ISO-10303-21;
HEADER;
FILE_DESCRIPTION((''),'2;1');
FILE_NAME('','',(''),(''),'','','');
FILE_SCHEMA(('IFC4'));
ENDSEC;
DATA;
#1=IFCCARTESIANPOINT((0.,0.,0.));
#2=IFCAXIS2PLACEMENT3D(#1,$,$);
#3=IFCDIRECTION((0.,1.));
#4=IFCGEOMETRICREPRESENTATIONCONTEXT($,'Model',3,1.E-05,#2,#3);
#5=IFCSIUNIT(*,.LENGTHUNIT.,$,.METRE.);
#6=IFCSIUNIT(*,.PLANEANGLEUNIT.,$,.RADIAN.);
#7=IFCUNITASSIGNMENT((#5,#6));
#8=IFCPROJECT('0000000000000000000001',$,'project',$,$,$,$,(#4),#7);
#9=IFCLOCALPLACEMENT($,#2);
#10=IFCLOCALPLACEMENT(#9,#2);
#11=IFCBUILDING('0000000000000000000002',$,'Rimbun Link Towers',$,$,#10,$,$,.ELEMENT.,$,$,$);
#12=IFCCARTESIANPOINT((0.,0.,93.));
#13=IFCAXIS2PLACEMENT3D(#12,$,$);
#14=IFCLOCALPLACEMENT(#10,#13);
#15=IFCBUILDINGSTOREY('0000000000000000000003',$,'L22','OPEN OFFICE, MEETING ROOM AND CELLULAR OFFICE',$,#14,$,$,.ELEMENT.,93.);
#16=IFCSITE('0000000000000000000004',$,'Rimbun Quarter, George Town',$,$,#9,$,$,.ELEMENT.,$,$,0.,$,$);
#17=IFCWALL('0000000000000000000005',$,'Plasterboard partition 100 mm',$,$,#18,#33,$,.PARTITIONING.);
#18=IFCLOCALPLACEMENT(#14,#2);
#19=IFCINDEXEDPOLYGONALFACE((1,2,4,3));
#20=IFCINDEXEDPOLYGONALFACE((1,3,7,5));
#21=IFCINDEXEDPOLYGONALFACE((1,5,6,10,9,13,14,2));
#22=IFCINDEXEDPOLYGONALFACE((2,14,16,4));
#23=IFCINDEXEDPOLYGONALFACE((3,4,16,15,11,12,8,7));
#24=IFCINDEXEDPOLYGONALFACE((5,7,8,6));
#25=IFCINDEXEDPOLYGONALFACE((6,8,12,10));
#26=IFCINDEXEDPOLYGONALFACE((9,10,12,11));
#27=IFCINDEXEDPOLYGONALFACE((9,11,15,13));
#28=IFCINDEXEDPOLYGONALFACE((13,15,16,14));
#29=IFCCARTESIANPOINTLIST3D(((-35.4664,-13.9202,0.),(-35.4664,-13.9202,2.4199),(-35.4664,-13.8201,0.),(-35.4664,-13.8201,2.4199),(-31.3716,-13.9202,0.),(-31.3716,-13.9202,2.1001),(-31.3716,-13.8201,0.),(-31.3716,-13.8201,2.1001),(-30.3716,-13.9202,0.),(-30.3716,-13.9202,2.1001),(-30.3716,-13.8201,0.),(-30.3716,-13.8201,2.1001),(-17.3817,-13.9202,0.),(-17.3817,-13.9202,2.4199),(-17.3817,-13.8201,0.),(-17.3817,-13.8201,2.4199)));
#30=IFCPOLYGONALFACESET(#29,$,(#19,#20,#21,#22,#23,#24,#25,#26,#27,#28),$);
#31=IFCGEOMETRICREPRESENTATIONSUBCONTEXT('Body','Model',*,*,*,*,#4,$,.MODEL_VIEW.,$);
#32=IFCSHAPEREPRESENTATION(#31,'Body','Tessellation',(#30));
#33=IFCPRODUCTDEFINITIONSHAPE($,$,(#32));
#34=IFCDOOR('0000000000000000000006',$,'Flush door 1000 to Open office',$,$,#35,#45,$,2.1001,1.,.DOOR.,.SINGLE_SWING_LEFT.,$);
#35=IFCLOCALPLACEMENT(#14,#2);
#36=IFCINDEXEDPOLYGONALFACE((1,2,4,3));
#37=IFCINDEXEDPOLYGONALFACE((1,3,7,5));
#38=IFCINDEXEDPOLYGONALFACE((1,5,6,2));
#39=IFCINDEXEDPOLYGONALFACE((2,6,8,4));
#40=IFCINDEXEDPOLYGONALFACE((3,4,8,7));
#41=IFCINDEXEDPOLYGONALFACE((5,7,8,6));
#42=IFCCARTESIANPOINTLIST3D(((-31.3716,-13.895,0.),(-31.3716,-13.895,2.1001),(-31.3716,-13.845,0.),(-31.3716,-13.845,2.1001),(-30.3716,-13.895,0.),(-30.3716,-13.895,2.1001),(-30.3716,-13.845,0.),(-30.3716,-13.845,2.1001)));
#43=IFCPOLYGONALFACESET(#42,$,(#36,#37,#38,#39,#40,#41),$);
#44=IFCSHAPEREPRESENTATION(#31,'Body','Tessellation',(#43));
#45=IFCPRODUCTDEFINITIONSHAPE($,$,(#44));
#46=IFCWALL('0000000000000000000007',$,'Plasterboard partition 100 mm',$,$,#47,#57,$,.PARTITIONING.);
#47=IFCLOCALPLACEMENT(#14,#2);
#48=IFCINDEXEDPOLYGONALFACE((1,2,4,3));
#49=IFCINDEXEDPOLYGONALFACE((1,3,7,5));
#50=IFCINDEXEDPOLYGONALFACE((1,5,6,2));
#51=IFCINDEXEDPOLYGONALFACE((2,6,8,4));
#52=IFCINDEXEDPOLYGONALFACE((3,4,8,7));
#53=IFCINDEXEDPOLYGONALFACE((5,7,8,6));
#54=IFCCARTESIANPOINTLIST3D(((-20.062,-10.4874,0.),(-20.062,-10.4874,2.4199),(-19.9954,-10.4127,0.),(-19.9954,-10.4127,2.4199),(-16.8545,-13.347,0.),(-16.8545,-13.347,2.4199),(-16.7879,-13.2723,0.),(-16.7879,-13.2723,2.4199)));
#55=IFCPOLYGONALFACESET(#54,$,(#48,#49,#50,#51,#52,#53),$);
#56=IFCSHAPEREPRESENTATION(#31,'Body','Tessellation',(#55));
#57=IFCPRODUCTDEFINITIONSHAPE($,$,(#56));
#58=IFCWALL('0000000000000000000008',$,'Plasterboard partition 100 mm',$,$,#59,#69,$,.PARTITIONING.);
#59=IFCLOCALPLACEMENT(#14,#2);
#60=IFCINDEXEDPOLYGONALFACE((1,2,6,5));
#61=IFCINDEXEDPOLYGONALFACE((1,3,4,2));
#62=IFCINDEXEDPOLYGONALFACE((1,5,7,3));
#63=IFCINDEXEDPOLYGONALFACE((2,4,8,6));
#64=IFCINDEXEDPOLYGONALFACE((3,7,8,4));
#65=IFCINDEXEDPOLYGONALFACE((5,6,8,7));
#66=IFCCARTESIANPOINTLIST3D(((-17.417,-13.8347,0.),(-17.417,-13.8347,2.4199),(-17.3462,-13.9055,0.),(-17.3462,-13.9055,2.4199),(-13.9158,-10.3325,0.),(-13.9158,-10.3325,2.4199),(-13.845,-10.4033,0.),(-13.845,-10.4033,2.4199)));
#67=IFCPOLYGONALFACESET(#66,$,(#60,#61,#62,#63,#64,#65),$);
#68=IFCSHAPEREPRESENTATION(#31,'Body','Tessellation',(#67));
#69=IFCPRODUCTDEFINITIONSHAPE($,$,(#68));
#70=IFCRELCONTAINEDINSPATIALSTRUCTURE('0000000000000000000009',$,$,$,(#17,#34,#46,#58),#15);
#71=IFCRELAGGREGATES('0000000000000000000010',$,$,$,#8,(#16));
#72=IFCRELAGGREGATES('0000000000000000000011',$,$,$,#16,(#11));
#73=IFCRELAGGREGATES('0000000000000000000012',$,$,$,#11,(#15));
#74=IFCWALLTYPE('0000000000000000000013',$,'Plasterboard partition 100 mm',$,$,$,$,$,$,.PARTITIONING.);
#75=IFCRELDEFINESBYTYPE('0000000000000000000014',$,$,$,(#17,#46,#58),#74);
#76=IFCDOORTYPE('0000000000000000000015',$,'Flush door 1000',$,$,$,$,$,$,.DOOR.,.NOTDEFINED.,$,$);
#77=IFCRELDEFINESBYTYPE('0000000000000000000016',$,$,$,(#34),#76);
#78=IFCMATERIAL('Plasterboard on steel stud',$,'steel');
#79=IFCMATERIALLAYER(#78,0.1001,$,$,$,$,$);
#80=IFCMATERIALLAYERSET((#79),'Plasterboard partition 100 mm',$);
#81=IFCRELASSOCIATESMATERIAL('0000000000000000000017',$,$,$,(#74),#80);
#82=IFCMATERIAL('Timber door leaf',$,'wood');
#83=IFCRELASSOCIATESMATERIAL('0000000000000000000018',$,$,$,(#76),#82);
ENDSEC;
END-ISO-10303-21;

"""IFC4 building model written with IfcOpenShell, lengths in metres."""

from ifc_helpers import new_model, si_unit, direction, frame, frame_2d, origin, place, context, subcontext, project, spatial, rectangle, extrude, material, layer, layer_set, type_object, element, fill, save


model = new_model("IFC4")

# Units and contexts
model_context = context("Model", 3, precision=1e-05, world=origin(), true_north=direction((0.0, 1.0)))
body_context = subcontext(model_context, "Body", "Model", "MODEL_VIEW")
ifc_project = project(units=[si_unit("LENGTHUNIT", "METRE"), si_unit("PLANEANGLEUNIT", "RADIAN")], contexts=[model_context])

# Site, building, storey
site_placement = place(None, origin())
site = spatial("IfcSite", under=ifc_project, at=site_placement, Name="Rimbun Quarter, George Town", CompositionType="ELEMENT", RefElevation=0.0)
building_placement = place(site_placement, origin())
building = spatial("IfcBuilding", under=site, at=building_placement, Name="Rimbun Link Towers", CompositionType="ELEMENT")
storey_placement = place(building_placement, frame((0.0, 0.0, 93.0)))
storey = spatial("IfcBuildingStorey", under=building, at=storey_placement, Name="L22", Description="OPEN OFFICE, MEETING ROOM AND CELLULAR OFFICE", CompositionType="ELEMENT", Elevation=93.0)

# Wall, opening, door
ifc_material_1 = material(Name="Plasterboard on steel stud", Category="steel")
ifc_layer_1 = layer(ifc_material_1, 0.1001)
ifc_layer_set_1 = layer_set([ifc_layer_1], Name="Plasterboard partition 100 mm")
wall_type_1 = type_object("IfcWallType", Name="Plasterboard partition 100 mm", PredefinedType="PARTITIONING", material=ifc_layer_set_1)
wall_1_placement = place(storey_placement, frame((-17.3816, -13.8701, 0.0), z_axis=(0.0, 0.0, 1.0), x_axis=(-1.0, 0.0, 0.0)))
wall_1 = element("IfcWall", 1, at=wall_1_placement, inside=storey, type_object=wall_type_1, Name="Plasterboard partition 100 mm", PredefinedType="PARTITIONING", context=body_context, shape_type="SweptSolid", body=[
    extrude(rectangle(XDim=18.0847, YDim=0.1001, at=frame_2d((9.0425, 0.0))), origin(), (0.0, 0.0, 1.0), 2.4199),
])
opening_placement = place(wall_1_placement, frame((12.99, 0.0, 0.0)))
opening = element("IfcOpeningElement", 2, at=opening_placement, cuts=wall_1, PredefinedType="OPENING", context=body_context, shape_type="SweptSolid", body=[
    extrude(rectangle(XDim=1.0, YDim=2.1001, at=frame_2d((0.5, 1.05))), frame((0.0, 0.0601, 0.0), z_axis=(0.0, -1.0, 0.0), x_axis=(1.0, 0.0, 0.0)), (0.0, 0.0, 1.0), 0.1201),
])
ifc_material_2 = material(Name="Timber door leaf", Category="wood")
door_type = type_object("IfcDoorType", Name="Flush door 1000", OperationType="NOTDEFINED", PredefinedType="DOOR", material=ifc_material_2)
door_placement = place(opening_placement, origin())
door = element("IfcDoor", 3, at=door_placement, inside=storey, type_object=door_type, Name="Flush door 1000 to Open office", OperationType="SINGLE_SWING_LEFT", OverallHeight=2.1001, OverallWidth=1.0, PredefinedType="DOOR", context=body_context, shape_type="SweptSolid", body=[
    extrude(rectangle(XDim=1.0, YDim=2.1001, at=frame_2d((0.5, 1.05))), frame((0.0, 0.0249, 0.0), z_axis=(0.0, -1.0, 0.0), x_axis=(1.0, 0.0, 0.0)), (0.0, 0.0, 1.0), 0.05),
])
fill(opening, door)

# Walls
wall_2_placement = place(storey_placement, frame((-16.8213, -13.3096, 0.0), z_axis=(0.0, 0.0, 1.0), x_axis=(-0.746427, 0.665467, 0.0)))
element("IfcWall", 4, at=wall_2_placement, inside=storey, type_object=wall_type_1, Name="Plasterboard partition 100 mm", PredefinedType="PARTITIONING", context=body_context, shape_type="SweptSolid", body=[
    extrude(rectangle(XDim=4.2971, YDim=0.1001, at=frame_2d((2.1484, 0.0))), origin(), (0.0, 0.0, 1.0), 2.4199),
])
wall_3_placement = place(storey_placement, frame((-17.3816, -13.8701, 0.0), z_axis=(0.0, 0.0, 1.0), x_axis=(0.707008, 0.707205, 0.0)))
element("IfcWall", 5, at=wall_3_placement, inside=storey, type_object=wall_type_1, Name="Plasterboard partition 100 mm", PredefinedType="PARTITIONING", context=body_context, shape_type="SweptSolid", body=[
    extrude(rectangle(XDim=4.9521, YDim=0.1001, at=frame_2d((2.4761, 0.0))), origin(), (0.0, 0.0, 1.0), 2.4199),
])

save(model, "model.ifc")
